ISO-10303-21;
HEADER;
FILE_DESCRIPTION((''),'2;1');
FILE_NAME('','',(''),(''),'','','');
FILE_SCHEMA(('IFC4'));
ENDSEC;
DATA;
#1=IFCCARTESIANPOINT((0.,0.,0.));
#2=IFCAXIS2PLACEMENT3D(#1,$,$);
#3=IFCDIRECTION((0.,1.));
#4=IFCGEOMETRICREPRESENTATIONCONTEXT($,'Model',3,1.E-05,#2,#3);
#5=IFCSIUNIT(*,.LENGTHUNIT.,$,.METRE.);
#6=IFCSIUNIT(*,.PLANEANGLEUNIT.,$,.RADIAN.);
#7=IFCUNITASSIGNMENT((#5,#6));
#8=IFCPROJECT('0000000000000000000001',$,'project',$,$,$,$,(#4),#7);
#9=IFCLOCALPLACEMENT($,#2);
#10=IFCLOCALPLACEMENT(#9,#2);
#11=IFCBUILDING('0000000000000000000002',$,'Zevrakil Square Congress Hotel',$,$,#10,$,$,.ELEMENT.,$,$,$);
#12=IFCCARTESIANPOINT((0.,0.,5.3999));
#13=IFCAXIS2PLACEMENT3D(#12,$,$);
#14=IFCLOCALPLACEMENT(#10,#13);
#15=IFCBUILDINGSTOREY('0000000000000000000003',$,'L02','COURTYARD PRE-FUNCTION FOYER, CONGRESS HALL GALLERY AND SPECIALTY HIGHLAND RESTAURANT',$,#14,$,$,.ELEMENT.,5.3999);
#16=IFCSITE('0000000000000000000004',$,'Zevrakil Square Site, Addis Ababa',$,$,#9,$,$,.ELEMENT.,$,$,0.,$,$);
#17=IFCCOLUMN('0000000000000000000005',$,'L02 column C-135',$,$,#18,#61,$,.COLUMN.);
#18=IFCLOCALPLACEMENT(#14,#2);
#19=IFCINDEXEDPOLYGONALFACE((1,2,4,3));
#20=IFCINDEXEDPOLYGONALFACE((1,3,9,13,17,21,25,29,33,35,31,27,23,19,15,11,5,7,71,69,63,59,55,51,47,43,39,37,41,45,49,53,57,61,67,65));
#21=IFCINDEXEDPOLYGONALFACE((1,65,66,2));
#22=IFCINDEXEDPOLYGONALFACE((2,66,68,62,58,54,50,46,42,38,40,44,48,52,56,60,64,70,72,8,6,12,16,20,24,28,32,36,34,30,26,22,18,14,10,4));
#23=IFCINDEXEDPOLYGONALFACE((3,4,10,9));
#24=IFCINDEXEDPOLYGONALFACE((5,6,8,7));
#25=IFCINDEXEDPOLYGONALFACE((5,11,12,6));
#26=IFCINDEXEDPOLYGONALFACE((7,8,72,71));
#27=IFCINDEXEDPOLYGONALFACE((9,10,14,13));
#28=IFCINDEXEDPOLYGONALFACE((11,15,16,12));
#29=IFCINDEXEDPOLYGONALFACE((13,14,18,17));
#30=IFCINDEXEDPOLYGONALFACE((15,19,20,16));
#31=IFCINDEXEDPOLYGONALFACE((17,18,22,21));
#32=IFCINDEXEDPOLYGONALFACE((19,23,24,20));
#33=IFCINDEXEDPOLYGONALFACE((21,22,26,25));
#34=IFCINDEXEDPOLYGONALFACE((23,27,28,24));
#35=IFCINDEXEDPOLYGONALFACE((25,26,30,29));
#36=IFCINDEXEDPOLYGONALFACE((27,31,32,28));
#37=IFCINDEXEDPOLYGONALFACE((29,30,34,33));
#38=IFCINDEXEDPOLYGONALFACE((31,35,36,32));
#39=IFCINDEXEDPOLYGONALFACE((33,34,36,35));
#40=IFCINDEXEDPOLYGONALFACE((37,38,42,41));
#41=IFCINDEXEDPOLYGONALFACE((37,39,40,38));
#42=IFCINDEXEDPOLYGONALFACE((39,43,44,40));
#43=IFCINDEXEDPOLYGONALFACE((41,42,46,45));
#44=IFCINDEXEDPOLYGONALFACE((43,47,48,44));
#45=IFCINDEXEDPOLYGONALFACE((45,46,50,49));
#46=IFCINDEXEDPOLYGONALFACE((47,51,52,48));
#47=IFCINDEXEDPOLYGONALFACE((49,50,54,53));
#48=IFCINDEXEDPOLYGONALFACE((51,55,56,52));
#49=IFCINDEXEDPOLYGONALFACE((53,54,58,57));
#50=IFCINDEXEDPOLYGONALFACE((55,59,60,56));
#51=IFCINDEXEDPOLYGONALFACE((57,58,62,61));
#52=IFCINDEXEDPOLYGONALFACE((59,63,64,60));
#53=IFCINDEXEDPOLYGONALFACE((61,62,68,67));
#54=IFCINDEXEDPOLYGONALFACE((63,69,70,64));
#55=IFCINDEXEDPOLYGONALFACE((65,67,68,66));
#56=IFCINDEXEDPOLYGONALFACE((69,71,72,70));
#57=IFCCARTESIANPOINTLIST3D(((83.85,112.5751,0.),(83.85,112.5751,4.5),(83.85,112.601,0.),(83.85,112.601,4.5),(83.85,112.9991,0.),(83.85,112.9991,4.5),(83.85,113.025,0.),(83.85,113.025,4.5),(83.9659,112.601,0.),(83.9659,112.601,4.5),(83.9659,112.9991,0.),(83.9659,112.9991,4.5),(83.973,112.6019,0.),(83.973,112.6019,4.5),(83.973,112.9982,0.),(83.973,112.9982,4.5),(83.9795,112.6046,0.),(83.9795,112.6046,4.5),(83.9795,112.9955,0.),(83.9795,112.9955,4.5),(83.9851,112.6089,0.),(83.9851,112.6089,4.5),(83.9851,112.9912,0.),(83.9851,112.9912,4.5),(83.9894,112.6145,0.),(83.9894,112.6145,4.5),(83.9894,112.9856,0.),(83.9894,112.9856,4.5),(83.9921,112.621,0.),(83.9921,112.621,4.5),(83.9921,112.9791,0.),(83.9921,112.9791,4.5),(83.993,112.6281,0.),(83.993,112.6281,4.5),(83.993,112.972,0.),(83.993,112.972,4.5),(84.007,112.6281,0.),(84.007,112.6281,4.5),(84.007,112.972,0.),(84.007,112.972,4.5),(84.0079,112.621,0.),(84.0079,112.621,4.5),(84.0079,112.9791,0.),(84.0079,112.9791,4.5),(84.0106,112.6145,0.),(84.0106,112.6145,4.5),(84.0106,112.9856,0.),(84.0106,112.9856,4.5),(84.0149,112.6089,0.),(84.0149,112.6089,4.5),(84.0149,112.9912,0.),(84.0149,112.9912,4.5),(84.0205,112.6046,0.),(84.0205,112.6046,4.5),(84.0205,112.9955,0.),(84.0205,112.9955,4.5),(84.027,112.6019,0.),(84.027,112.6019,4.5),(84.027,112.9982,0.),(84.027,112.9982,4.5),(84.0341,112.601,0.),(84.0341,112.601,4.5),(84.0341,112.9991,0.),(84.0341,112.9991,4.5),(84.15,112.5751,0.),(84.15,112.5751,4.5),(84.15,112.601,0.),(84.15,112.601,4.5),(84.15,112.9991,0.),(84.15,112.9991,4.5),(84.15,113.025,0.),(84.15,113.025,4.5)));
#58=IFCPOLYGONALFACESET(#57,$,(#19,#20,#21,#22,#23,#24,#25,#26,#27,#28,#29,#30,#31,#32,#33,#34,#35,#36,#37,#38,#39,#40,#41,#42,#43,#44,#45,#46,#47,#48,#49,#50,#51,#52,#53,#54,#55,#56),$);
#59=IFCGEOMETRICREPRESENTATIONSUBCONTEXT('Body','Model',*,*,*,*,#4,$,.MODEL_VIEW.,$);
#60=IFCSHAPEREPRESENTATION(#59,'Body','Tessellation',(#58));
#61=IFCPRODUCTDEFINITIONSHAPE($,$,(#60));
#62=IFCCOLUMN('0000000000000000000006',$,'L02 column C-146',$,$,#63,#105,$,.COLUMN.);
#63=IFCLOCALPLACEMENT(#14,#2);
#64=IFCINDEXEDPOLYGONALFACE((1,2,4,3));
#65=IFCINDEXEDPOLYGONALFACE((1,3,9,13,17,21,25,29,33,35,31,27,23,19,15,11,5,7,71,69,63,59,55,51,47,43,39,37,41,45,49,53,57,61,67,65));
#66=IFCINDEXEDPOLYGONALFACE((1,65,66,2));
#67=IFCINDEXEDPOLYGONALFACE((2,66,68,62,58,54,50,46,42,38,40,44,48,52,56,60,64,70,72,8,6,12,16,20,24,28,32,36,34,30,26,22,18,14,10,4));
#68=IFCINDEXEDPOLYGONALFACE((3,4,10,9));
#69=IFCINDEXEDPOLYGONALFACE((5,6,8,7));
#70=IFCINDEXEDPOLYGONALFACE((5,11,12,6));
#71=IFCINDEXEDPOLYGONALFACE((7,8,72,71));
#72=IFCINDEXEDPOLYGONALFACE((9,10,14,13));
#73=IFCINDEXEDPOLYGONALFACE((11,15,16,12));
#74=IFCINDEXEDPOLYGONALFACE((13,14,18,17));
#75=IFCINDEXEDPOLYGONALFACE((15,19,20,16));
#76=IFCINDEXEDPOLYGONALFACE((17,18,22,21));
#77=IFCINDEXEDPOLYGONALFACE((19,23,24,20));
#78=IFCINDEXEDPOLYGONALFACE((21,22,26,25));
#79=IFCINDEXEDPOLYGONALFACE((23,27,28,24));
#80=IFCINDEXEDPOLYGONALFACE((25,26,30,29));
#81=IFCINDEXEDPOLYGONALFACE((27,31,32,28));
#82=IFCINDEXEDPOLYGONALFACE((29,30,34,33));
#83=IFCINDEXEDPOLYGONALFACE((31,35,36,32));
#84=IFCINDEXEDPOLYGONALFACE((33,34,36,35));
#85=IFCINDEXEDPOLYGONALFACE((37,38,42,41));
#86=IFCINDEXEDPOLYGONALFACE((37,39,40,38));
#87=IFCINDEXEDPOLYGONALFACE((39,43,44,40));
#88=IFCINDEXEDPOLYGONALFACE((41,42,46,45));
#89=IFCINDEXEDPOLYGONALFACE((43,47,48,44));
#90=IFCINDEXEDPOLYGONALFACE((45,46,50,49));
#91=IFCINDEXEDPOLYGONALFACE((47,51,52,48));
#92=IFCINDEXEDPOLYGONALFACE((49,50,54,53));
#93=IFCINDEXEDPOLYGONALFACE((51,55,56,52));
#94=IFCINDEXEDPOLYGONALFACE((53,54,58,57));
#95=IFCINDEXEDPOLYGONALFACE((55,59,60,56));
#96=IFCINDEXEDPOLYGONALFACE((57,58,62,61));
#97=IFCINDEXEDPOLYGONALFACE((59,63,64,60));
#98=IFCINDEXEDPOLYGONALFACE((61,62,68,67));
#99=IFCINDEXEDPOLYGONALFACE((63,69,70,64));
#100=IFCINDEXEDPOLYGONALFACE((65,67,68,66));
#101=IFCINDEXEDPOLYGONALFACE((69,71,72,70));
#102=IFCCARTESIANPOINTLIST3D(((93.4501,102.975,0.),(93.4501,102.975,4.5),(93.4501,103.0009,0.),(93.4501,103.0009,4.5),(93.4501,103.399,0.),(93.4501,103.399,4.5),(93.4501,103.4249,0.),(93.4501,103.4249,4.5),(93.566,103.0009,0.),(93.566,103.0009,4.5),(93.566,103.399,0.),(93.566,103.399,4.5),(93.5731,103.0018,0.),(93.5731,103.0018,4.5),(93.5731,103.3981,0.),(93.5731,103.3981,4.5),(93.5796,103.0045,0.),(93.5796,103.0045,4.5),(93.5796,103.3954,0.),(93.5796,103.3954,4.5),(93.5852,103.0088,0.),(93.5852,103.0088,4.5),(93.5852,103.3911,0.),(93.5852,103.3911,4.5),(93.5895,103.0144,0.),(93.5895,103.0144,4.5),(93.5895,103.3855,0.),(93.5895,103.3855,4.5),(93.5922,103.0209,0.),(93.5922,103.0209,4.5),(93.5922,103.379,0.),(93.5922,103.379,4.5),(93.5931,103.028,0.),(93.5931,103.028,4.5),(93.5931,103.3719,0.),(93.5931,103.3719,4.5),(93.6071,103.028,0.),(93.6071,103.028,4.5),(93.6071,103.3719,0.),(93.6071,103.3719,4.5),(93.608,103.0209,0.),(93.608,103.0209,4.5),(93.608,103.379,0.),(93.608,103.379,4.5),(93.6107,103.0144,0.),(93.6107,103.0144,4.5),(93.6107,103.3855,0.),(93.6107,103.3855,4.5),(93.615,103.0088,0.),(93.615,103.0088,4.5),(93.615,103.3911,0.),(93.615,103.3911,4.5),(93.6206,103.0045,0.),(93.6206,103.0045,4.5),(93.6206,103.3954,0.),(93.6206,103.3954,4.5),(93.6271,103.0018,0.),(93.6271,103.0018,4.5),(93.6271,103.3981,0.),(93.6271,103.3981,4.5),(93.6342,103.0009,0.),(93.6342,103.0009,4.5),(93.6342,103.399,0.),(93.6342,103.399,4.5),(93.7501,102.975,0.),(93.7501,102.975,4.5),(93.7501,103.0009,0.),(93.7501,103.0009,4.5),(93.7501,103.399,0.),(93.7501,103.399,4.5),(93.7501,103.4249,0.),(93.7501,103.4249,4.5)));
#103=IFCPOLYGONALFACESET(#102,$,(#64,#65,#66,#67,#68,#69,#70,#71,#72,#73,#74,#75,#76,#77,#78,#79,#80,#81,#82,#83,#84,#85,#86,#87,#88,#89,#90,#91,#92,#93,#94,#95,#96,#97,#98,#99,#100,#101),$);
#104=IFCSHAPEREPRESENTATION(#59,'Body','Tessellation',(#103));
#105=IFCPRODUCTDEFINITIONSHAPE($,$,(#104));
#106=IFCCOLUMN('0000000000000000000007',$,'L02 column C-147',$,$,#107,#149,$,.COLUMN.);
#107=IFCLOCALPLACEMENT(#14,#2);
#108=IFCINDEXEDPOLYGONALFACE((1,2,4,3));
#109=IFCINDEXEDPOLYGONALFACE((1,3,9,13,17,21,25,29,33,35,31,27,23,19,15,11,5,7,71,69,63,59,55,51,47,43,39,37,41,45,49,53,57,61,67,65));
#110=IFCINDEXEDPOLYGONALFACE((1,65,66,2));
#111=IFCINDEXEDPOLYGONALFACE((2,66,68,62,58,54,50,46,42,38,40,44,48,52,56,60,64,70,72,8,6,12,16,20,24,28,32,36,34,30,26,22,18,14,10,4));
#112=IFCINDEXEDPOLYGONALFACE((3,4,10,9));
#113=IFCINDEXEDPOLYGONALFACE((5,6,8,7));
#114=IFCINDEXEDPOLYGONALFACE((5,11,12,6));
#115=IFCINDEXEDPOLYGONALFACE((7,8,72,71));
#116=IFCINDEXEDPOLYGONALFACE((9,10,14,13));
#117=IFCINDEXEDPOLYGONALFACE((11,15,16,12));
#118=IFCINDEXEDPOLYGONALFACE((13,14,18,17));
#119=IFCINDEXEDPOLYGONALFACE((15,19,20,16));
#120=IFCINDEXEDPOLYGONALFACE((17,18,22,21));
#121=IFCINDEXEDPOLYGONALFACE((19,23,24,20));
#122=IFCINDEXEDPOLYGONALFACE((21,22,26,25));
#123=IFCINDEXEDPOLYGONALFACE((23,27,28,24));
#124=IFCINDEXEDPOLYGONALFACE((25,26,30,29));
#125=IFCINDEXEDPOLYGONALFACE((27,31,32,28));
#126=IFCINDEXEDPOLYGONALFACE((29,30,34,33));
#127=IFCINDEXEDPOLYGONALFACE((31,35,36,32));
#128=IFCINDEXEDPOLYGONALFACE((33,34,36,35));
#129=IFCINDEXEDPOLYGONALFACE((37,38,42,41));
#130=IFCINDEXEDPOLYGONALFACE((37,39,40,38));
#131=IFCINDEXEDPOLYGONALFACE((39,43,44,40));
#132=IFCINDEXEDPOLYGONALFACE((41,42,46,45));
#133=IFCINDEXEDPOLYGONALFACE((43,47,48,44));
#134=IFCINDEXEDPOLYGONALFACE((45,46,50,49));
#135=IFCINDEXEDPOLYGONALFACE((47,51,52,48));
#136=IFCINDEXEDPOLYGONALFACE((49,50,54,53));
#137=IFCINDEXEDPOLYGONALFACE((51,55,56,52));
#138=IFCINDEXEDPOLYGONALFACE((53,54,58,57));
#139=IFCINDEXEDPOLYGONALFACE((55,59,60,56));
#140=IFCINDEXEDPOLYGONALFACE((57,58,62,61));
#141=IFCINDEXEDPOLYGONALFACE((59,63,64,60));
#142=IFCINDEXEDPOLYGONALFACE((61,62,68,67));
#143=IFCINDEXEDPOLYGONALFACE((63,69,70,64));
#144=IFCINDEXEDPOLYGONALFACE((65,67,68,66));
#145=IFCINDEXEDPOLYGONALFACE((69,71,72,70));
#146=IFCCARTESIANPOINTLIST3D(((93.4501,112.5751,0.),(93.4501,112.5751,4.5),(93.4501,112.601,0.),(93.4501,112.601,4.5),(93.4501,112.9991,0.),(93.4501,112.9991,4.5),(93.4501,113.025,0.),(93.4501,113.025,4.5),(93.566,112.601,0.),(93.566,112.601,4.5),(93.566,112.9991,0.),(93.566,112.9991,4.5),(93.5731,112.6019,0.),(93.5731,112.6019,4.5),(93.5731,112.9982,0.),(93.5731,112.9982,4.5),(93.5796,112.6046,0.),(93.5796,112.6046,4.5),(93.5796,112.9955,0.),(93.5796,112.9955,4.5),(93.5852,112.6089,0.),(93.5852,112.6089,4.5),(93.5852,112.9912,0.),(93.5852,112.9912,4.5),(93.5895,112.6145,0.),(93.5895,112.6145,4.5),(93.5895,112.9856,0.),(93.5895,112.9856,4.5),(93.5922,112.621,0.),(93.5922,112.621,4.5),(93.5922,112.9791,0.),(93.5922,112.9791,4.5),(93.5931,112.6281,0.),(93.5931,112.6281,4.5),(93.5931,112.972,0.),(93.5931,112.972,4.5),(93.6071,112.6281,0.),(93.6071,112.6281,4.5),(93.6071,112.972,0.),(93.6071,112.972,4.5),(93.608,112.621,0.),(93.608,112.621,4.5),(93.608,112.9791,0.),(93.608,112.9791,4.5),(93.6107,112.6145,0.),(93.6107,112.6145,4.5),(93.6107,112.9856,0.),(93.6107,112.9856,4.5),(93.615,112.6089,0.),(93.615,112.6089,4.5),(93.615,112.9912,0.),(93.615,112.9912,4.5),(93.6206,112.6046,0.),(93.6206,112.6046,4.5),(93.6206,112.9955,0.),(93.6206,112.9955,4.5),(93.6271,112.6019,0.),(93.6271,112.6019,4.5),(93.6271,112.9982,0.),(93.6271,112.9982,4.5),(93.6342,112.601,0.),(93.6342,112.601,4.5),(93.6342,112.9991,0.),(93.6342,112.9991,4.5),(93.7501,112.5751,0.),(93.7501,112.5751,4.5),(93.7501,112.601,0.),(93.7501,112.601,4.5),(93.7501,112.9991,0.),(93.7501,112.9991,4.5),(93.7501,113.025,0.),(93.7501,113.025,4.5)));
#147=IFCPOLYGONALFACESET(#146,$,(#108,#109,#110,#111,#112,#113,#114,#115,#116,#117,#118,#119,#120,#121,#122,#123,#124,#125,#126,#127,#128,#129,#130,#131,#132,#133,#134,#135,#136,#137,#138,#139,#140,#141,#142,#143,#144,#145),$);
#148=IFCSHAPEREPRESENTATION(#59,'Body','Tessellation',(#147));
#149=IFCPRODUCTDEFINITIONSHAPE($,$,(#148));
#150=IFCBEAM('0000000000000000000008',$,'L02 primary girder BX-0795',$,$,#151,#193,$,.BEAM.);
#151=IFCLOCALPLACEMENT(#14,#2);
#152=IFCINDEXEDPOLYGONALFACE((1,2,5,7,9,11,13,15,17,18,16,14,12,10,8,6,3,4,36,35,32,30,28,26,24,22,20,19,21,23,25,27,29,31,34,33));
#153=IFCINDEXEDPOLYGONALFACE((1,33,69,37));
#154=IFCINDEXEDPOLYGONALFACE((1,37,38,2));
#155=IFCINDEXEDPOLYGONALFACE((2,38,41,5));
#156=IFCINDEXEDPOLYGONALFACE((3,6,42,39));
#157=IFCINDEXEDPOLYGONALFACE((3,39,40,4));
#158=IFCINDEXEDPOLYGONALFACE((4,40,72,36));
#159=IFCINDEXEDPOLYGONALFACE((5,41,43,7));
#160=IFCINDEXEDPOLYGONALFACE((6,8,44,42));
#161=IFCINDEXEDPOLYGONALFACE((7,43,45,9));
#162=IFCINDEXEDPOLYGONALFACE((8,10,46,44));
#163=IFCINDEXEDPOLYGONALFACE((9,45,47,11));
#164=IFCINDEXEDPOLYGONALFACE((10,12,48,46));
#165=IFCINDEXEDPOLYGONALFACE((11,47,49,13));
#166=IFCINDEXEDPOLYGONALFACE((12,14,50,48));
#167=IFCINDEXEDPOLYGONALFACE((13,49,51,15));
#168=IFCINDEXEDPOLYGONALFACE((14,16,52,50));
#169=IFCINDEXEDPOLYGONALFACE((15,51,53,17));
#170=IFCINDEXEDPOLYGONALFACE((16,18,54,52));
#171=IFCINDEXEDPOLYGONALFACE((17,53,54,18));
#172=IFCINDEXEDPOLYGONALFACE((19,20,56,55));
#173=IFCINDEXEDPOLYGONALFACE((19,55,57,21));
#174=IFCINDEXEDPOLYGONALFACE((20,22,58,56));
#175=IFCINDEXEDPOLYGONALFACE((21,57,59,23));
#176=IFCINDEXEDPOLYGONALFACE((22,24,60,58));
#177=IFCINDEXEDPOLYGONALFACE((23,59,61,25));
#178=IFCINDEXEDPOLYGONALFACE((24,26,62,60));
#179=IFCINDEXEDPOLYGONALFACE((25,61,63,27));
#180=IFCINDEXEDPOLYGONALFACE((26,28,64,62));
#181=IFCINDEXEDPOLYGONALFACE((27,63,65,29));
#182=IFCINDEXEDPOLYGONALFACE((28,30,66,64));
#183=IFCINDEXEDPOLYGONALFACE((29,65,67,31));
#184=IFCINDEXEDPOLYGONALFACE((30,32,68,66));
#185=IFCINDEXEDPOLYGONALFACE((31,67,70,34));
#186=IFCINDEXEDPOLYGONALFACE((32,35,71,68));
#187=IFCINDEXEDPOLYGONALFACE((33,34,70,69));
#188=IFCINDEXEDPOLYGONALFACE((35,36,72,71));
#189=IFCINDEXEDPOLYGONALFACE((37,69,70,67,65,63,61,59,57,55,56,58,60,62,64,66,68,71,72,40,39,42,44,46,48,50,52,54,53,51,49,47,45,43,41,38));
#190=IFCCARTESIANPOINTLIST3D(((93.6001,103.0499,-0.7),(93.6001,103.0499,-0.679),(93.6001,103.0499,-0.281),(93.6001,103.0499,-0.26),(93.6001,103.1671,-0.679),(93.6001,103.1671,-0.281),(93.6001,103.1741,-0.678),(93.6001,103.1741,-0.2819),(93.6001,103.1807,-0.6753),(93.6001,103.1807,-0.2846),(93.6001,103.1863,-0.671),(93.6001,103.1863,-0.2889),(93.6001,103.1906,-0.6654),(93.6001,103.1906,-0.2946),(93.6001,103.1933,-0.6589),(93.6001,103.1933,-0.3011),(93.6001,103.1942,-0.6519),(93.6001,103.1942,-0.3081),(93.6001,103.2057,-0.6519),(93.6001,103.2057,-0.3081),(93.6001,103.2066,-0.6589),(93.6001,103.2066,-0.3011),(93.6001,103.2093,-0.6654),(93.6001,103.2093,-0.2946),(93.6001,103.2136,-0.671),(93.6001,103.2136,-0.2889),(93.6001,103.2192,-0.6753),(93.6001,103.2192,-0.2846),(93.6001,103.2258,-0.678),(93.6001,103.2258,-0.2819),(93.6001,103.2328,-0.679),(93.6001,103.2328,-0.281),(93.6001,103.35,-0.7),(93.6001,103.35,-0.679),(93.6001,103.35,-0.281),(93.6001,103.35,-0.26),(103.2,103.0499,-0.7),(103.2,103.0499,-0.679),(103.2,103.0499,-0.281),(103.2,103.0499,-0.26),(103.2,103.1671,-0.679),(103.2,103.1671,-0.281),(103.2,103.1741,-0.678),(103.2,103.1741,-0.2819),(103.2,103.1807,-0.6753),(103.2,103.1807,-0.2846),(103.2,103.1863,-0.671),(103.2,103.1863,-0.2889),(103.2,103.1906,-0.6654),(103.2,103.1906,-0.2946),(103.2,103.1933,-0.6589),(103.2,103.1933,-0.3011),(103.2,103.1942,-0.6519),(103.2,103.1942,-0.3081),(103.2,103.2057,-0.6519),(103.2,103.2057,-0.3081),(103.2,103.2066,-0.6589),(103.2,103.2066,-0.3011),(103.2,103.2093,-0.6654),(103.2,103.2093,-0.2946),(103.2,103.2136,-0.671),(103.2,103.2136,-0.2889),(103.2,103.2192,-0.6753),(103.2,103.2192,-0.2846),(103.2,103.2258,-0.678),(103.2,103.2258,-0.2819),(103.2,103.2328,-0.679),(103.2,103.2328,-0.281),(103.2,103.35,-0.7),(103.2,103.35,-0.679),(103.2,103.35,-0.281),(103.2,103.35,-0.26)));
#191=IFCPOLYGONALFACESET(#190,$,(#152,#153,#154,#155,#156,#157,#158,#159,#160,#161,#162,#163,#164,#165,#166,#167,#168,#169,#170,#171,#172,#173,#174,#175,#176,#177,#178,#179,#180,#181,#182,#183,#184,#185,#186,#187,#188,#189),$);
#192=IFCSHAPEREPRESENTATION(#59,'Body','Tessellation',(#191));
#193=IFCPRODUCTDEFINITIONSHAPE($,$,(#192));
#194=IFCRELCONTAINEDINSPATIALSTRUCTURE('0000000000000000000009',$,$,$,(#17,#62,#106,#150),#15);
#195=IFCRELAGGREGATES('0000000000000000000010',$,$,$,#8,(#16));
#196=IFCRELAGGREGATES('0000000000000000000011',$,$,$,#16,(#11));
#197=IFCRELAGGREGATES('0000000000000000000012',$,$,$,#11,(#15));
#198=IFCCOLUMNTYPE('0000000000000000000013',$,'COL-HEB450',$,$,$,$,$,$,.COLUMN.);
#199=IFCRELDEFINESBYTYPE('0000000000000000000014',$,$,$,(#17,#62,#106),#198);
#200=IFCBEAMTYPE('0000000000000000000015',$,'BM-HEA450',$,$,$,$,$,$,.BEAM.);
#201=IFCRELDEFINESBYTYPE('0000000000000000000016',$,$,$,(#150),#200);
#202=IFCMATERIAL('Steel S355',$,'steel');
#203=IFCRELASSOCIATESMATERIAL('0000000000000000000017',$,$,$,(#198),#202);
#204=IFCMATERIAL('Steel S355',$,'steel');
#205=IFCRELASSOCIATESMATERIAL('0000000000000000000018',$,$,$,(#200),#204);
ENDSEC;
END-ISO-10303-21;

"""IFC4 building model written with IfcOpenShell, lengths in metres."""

from ifc_helpers import new_model, si_unit, direction, frame, origin, origin_2d, place, context, subcontext, project, spatial, i_section, extrude, material, material_profile, profile_set, type_object, element, save


model = new_model("IFC4")

# Units and contexts
model_context = context("Model", 3, precision=1e-05, world=origin(), true_north=direction((0.0, 1.0)))
body_context = subcontext(model_context, "Body", "Model", "MODEL_VIEW")
ifc_project = project(units=[si_unit("LENGTHUNIT", "METRE"), si_unit("PLANEANGLEUNIT", "RADIAN")], contexts=[model_context])

# Site, building, storey
site_placement = place(None, origin())
site = spatial("IfcSite", under=ifc_project, at=site_placement, Name="Zevrakil Square Site, Addis Ababa", CompositionType="ELEMENT", RefElevation=0.0)
building_placement = place(site_placement, origin())
building = spatial("IfcBuilding", under=site, at=building_placement, Name="Zevrakil Square Congress Hotel", CompositionType="ELEMENT")
storey_placement = place(building_placement, frame((0.0, 0.0, 5.3999)))
storey = spatial("IfcBuildingStorey", under=building, at=storey_placement, Name="L02", Description="COURTYARD PRE-FUNCTION FOYER, CONGRESS HALL GALLERY AND SPECIALTY HIGHLAND RESTAURANT", CompositionType="ELEMENT", Elevation=5.3999)

# Columns
ifc_material_1 = material(Name="Steel S355", Category="steel")
ifc_material_profile_1 = material_profile(ifc_material_1, i_section(OverallWidth=0.3, OverallDepth=0.45, WebThickness=0.0139, FlangeThickness=0.0259, FilletRadius=0.0271, at=origin_2d()), Name="HEB 450")
ifc_profile_set_1 = profile_set([ifc_material_profile_1], Name="Steel S355")
column_type = type_object("IfcColumnType", Name="COL-HEB450", PredefinedType="COLUMN", material=ifc_profile_set_1)
for number, where, z_axis, x_axis, name in (
    (1, (84.0, 112.8, 0.0), (0.0, 0.0, 1.0), (1.0, 0.0, 0.0), "L02 column C-135"),
    (2, (93.6001, 103.2, 0.0), (0.0, 0.0, 1.0), (1.0, 0.0, 0.0), "L02 column C-146"),
    (3, (93.6001, 112.8, 0.0), (0.0, 0.0, 1.0), (1.0, 0.0, 0.0), "L02 column C-147"),
):
    element("IfcColumn", number, at=place(storey_placement, frame(where, z_axis=z_axis, x_axis=x_axis)), inside=storey, type_object=column_type, Name=name, PredefinedType="COLUMN", context=body_context, shape_type="SweptSolid", body=[
        extrude(i_section(OverallWidth=0.3, OverallDepth=0.45, WebThickness=0.0139, FlangeThickness=0.0259, FilletRadius=0.0271, at=origin_2d()), origin(), (0.0, 0.0, 1.0), 4.5),
    ])

# Beam
ifc_material_2 = material(Name="Steel S355", Category="steel")
ifc_material_profile_2 = material_profile(ifc_material_2, i_section(OverallWidth=0.3, OverallDepth=0.4399, WebThickness=0.0115, FlangeThickness=0.021, FilletRadius=0.0271, at=origin_2d()), Name="HEA 450")
ifc_profile_set_2 = profile_set([ifc_material_profile_2], Name="Steel S355")
beam_type_1 = type_object("IfcBeamType", Name="BM-HEA450", PredefinedType="BEAM", material=ifc_profile_set_2)
beam_1_placement = place(storey_placement, frame((93.6001, 103.2, -0.48), z_axis=(1.0, 0.0, 0.0), x_axis=(0.0, 1.0, 0.0)))
element("IfcBeam", 4, at=beam_1_placement, inside=storey, type_object=beam_type_1, Name="L02 primary girder BX-0795", PredefinedType="BEAM", context=body_context, shape_type="SweptSolid", body=[
    extrude(i_section(OverallWidth=0.3, OverallDepth=0.4399, WebThickness=0.0115, FlangeThickness=0.021, FilletRadius=0.0271, at=origin_2d()), origin(), (0.0, 0.0, 1.0), 9.5999),
])

save(model, "model.ifc")
